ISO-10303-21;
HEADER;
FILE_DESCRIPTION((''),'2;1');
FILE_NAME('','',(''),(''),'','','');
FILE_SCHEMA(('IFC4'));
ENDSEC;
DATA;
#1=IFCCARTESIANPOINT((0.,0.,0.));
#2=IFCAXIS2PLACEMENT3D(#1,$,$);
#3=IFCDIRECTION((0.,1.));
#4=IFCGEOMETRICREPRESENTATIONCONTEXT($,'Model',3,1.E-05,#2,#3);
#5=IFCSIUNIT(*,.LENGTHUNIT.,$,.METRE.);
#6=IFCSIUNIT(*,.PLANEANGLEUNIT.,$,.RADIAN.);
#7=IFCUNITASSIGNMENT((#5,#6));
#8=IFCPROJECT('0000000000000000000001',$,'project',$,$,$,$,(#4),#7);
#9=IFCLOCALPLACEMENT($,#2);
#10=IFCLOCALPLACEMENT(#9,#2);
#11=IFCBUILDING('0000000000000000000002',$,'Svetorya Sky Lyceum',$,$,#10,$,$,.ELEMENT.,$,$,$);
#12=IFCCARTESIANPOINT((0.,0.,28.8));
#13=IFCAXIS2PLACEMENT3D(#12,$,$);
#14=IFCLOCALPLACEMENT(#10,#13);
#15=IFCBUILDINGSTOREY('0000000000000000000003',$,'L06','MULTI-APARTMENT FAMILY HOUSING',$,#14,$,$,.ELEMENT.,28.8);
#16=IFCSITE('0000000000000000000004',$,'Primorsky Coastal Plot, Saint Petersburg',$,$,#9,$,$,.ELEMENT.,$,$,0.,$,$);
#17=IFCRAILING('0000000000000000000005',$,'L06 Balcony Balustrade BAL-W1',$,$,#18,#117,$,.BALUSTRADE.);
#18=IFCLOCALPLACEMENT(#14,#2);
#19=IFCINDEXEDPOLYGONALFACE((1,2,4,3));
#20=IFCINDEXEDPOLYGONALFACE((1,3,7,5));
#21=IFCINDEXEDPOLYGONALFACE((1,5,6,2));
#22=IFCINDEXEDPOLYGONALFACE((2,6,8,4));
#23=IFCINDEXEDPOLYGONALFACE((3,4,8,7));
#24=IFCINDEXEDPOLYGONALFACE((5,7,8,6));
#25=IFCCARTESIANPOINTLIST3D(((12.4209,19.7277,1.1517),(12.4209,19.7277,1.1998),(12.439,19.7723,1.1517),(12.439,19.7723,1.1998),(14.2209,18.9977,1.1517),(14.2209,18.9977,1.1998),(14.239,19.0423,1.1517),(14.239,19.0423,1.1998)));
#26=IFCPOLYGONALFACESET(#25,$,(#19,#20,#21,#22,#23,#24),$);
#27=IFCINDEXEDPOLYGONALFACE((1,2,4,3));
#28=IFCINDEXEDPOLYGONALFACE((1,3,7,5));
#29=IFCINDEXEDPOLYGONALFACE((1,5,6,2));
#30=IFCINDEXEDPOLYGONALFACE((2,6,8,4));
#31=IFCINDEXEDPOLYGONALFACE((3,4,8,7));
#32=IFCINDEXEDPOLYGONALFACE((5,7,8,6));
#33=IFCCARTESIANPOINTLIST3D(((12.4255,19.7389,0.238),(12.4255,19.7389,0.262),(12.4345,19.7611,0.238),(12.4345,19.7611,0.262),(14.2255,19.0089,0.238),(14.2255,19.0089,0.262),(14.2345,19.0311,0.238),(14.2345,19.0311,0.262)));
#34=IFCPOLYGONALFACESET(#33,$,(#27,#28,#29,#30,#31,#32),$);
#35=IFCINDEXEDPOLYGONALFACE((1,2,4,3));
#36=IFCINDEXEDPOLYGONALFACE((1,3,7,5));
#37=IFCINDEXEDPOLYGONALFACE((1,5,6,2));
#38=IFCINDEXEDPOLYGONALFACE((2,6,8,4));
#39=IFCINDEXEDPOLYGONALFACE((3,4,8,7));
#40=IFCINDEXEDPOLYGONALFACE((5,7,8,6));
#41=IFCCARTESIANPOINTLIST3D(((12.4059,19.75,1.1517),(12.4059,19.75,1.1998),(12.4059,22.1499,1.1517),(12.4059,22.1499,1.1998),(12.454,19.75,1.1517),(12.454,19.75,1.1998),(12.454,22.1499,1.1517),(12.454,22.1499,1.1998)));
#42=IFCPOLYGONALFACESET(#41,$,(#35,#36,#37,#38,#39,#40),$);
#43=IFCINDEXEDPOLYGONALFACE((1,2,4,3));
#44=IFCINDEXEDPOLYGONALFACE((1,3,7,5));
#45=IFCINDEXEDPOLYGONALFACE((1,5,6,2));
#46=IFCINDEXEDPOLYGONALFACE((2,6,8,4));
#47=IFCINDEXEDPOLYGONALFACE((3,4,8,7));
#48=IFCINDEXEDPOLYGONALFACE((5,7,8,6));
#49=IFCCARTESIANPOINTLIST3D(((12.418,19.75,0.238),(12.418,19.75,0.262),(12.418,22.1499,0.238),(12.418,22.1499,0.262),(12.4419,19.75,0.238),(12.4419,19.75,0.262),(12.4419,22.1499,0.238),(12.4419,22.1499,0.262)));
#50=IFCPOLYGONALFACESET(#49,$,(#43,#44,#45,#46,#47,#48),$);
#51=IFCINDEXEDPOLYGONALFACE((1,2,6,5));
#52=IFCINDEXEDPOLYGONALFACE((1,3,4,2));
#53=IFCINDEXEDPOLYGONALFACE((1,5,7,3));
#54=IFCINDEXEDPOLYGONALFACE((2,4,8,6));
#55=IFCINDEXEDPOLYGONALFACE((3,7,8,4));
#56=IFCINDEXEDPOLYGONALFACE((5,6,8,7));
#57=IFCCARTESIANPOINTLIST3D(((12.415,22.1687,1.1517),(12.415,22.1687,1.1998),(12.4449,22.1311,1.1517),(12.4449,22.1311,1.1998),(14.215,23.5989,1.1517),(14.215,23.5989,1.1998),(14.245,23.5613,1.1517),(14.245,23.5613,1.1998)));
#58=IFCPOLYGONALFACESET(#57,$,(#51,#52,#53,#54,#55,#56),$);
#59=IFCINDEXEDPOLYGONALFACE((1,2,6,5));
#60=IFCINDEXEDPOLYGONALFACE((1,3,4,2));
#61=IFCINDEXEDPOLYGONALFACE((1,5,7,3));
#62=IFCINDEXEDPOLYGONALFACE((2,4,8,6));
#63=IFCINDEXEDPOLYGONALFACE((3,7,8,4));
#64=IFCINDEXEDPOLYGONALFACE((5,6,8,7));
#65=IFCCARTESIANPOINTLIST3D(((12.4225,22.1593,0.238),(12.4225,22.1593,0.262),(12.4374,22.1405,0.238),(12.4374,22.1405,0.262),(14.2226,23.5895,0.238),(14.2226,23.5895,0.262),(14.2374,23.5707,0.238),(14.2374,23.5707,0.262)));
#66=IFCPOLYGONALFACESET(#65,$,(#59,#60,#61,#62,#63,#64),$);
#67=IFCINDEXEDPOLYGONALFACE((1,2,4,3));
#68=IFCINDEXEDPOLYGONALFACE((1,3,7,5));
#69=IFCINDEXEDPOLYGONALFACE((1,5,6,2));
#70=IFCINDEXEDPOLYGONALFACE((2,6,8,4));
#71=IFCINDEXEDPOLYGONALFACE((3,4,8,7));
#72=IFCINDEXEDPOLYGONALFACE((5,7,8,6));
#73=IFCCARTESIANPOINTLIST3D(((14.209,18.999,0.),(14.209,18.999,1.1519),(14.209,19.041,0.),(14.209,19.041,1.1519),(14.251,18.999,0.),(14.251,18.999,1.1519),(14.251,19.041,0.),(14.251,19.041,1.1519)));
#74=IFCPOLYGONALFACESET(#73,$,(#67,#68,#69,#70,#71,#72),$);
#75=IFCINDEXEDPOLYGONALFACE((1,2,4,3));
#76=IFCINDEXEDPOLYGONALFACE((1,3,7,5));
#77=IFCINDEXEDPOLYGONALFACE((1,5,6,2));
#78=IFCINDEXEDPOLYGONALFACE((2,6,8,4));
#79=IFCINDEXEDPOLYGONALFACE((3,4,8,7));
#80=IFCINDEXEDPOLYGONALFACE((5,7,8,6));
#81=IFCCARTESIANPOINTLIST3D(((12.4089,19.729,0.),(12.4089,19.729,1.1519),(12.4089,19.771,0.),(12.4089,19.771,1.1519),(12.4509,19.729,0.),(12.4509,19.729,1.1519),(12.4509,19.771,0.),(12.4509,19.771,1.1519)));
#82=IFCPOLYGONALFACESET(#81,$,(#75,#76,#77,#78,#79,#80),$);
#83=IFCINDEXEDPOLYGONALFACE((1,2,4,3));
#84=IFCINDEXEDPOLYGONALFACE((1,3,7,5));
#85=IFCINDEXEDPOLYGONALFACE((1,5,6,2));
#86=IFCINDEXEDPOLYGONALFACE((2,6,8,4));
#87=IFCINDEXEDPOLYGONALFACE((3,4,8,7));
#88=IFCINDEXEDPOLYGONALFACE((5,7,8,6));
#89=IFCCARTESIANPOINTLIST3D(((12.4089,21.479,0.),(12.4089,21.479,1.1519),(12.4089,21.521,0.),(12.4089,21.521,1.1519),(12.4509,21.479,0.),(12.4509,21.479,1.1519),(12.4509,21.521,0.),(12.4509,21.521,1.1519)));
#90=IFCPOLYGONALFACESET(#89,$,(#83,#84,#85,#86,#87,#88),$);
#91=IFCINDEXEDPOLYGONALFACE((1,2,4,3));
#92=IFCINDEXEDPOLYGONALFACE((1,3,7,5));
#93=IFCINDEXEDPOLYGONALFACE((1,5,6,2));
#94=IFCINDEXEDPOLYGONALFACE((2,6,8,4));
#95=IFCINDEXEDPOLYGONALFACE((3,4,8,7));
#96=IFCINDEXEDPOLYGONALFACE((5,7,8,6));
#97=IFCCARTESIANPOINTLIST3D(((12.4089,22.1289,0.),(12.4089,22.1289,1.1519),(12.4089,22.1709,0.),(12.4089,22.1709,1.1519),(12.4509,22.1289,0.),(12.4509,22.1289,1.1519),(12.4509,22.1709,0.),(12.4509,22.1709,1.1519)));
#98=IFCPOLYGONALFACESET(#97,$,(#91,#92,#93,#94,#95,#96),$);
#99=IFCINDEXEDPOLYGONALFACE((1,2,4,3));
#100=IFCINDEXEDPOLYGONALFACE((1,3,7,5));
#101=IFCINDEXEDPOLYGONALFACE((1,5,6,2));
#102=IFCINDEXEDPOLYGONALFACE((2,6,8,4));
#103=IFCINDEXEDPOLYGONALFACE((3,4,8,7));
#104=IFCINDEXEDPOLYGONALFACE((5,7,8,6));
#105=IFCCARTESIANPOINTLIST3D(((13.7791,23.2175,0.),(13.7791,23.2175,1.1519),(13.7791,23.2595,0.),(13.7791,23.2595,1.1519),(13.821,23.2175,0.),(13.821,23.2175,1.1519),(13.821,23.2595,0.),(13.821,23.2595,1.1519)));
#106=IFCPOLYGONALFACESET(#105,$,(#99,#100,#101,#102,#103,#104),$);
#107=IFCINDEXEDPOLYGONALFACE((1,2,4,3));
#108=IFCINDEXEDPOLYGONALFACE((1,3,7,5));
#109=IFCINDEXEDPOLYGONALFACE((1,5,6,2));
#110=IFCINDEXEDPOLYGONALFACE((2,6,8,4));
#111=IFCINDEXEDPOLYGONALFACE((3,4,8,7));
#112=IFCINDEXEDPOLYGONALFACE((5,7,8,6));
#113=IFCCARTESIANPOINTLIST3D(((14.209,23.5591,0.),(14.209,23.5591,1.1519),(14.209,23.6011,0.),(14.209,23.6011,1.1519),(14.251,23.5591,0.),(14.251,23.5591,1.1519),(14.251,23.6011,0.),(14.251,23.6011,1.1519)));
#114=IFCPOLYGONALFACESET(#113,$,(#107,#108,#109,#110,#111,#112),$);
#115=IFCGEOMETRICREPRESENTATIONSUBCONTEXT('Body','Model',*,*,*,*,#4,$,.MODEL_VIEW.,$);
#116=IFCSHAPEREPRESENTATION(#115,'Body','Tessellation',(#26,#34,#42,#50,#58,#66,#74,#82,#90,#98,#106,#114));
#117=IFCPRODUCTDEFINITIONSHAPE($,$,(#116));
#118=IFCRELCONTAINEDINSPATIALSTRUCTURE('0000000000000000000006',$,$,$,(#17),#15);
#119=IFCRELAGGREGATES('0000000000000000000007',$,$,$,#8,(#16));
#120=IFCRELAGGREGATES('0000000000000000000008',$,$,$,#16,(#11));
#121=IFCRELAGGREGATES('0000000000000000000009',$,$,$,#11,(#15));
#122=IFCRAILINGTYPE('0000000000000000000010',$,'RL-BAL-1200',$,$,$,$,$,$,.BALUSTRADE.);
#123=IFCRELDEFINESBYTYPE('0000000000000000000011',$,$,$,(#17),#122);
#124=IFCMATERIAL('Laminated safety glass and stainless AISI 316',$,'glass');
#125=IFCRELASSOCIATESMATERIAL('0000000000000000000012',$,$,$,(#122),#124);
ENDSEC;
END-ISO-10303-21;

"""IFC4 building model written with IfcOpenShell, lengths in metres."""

from ifc_helpers import new_model, si_unit, direction, frame, origin, origin_2d, place, context, subcontext, project, spatial, rectangle, extrude, material, type_object, element, save


model = new_model("IFC4")

# Units and contexts
model_context = context("Model", 3, precision=1e-05, world=origin(), true_north=direction((0.0, 1.0)))
body_context = subcontext(model_context, "Body", "Model", "MODEL_VIEW")
ifc_project = project(units=[si_unit("LENGTHUNIT", "METRE"), si_unit("PLANEANGLEUNIT", "RADIAN")], contexts=[model_context])

# Site, building, storey
site_placement = place(None, origin())
site = spatial("IfcSite", under=ifc_project, at=site_placement, Name="Primorsky Coastal Plot, Saint Petersburg", CompositionType="ELEMENT", RefElevation=0.0)
building_placement = place(site_placement, origin())
building = spatial("IfcBuilding", under=site, at=building_placement, Name="Svetorya Sky Lyceum", CompositionType="ELEMENT")
storey_placement = place(building_placement, frame((0.0, 0.0, 28.8)))
storey = spatial("IfcBuildingStorey", under=building, at=storey_placement, Name="L06", Description="MULTI-APARTMENT FAMILY HOUSING", CompositionType="ELEMENT", Elevation=28.8)

# Railing
ifc_material_1 = material(Name="Laminated safety glass and stainless AISI 316", Category="glass")
railing_type = type_object("IfcRailingType", Name="RL-BAL-1200", PredefinedType="BALUSTRADE", material=ifc_material_1)
railing_placement = place(storey_placement, frame((14.23, 19.02, 0.0)))
element("IfcRailing", 1, at=railing_placement, inside=storey, type_object=railing_type, Name="L06 Balcony Balustrade BAL-W1", PredefinedType="BALUSTRADE", context=body_context, shape_type="SweptSolid", body=[
    extrude(rectangle(XDim=0.0481, YDim=0.0481, at=origin_2d()), frame((0.0, 0.0, 1.1758), z_axis=(-0.926698, 0.375807, 0.0), x_axis=(-0.375807, -0.926698, 0.0)), (0.0, 0.0, 1.0), 1.9424),
    extrude(rectangle(XDim=0.0239, YDim=0.0239, at=origin_2d()), frame((0.0, 0.0, 0.25), z_axis=(-0.926698, 0.375807, 0.0), x_axis=(-0.375807, -0.926698, 0.0)), (0.0, 0.0, 1.0), 1.9424),
    extrude(rectangle(XDim=0.0481, YDim=0.0481, at=origin_2d()), frame((-1.8, 0.73, 1.1758), z_axis=(0.0, 1.0, 0.0), x_axis=(-1.0, 0.0, 0.0)), (0.0, 0.0, 1.0), 2.3999),
    extrude(rectangle(XDim=0.0239, YDim=0.0239, at=origin_2d()), frame((-1.8, 0.73, 0.25), z_axis=(0.0, 1.0, 0.0), x_axis=(-1.0, 0.0, 0.0)), (0.0, 0.0, 1.0), 2.3999),
    extrude(rectangle(XDim=0.0481, YDim=0.0481, at=origin_2d()), frame((-1.8, 3.1299, 1.1758), z_axis=(0.782957, 0.622076, 0.0), x_axis=(-0.622076, 0.782957, 0.0)), (0.0, 0.0, 1.0), 2.2991),
    extrude(rectangle(XDim=0.0239, YDim=0.0239, at=origin_2d()), frame((-1.8, 3.1299, 0.25), z_axis=(0.782957, 0.622076, 0.0), x_axis=(-0.622076, 0.782957, 0.0)), (0.0, 0.0, 1.0), 2.2991),
    extrude(rectangle(XDim=0.042, YDim=0.042, at=origin_2d()), origin(), (0.0, 0.0, 1.0), 1.1519),
    extrude(rectangle(XDim=0.042, YDim=0.042, at=origin_2d()), frame((-1.8, 0.73, 0.0)), (0.0, 0.0, 1.0), 1.1519),
    extrude(rectangle(XDim=0.042, YDim=0.042, at=origin_2d()), frame((-1.8, 2.48, 0.0)), (0.0, 0.0, 1.0), 1.1519),
    extrude(rectangle(XDim=0.042, YDim=0.042, at=origin_2d()), frame((-1.8, 3.1299, 0.0)), (0.0, 0.0, 1.0), 1.1519),
    extrude(rectangle(XDim=0.042, YDim=0.042, at=origin_2d()), frame((-0.4299, 4.2185, 0.0)), (0.0, 0.0, 1.0), 1.1519),
    extrude(rectangle(XDim=0.042, YDim=0.042, at=origin_2d()), frame((0.0, 4.5601, 0.0)), (0.0, 0.0, 1.0), 1.1519),
])

save(model, "model.ifc")
